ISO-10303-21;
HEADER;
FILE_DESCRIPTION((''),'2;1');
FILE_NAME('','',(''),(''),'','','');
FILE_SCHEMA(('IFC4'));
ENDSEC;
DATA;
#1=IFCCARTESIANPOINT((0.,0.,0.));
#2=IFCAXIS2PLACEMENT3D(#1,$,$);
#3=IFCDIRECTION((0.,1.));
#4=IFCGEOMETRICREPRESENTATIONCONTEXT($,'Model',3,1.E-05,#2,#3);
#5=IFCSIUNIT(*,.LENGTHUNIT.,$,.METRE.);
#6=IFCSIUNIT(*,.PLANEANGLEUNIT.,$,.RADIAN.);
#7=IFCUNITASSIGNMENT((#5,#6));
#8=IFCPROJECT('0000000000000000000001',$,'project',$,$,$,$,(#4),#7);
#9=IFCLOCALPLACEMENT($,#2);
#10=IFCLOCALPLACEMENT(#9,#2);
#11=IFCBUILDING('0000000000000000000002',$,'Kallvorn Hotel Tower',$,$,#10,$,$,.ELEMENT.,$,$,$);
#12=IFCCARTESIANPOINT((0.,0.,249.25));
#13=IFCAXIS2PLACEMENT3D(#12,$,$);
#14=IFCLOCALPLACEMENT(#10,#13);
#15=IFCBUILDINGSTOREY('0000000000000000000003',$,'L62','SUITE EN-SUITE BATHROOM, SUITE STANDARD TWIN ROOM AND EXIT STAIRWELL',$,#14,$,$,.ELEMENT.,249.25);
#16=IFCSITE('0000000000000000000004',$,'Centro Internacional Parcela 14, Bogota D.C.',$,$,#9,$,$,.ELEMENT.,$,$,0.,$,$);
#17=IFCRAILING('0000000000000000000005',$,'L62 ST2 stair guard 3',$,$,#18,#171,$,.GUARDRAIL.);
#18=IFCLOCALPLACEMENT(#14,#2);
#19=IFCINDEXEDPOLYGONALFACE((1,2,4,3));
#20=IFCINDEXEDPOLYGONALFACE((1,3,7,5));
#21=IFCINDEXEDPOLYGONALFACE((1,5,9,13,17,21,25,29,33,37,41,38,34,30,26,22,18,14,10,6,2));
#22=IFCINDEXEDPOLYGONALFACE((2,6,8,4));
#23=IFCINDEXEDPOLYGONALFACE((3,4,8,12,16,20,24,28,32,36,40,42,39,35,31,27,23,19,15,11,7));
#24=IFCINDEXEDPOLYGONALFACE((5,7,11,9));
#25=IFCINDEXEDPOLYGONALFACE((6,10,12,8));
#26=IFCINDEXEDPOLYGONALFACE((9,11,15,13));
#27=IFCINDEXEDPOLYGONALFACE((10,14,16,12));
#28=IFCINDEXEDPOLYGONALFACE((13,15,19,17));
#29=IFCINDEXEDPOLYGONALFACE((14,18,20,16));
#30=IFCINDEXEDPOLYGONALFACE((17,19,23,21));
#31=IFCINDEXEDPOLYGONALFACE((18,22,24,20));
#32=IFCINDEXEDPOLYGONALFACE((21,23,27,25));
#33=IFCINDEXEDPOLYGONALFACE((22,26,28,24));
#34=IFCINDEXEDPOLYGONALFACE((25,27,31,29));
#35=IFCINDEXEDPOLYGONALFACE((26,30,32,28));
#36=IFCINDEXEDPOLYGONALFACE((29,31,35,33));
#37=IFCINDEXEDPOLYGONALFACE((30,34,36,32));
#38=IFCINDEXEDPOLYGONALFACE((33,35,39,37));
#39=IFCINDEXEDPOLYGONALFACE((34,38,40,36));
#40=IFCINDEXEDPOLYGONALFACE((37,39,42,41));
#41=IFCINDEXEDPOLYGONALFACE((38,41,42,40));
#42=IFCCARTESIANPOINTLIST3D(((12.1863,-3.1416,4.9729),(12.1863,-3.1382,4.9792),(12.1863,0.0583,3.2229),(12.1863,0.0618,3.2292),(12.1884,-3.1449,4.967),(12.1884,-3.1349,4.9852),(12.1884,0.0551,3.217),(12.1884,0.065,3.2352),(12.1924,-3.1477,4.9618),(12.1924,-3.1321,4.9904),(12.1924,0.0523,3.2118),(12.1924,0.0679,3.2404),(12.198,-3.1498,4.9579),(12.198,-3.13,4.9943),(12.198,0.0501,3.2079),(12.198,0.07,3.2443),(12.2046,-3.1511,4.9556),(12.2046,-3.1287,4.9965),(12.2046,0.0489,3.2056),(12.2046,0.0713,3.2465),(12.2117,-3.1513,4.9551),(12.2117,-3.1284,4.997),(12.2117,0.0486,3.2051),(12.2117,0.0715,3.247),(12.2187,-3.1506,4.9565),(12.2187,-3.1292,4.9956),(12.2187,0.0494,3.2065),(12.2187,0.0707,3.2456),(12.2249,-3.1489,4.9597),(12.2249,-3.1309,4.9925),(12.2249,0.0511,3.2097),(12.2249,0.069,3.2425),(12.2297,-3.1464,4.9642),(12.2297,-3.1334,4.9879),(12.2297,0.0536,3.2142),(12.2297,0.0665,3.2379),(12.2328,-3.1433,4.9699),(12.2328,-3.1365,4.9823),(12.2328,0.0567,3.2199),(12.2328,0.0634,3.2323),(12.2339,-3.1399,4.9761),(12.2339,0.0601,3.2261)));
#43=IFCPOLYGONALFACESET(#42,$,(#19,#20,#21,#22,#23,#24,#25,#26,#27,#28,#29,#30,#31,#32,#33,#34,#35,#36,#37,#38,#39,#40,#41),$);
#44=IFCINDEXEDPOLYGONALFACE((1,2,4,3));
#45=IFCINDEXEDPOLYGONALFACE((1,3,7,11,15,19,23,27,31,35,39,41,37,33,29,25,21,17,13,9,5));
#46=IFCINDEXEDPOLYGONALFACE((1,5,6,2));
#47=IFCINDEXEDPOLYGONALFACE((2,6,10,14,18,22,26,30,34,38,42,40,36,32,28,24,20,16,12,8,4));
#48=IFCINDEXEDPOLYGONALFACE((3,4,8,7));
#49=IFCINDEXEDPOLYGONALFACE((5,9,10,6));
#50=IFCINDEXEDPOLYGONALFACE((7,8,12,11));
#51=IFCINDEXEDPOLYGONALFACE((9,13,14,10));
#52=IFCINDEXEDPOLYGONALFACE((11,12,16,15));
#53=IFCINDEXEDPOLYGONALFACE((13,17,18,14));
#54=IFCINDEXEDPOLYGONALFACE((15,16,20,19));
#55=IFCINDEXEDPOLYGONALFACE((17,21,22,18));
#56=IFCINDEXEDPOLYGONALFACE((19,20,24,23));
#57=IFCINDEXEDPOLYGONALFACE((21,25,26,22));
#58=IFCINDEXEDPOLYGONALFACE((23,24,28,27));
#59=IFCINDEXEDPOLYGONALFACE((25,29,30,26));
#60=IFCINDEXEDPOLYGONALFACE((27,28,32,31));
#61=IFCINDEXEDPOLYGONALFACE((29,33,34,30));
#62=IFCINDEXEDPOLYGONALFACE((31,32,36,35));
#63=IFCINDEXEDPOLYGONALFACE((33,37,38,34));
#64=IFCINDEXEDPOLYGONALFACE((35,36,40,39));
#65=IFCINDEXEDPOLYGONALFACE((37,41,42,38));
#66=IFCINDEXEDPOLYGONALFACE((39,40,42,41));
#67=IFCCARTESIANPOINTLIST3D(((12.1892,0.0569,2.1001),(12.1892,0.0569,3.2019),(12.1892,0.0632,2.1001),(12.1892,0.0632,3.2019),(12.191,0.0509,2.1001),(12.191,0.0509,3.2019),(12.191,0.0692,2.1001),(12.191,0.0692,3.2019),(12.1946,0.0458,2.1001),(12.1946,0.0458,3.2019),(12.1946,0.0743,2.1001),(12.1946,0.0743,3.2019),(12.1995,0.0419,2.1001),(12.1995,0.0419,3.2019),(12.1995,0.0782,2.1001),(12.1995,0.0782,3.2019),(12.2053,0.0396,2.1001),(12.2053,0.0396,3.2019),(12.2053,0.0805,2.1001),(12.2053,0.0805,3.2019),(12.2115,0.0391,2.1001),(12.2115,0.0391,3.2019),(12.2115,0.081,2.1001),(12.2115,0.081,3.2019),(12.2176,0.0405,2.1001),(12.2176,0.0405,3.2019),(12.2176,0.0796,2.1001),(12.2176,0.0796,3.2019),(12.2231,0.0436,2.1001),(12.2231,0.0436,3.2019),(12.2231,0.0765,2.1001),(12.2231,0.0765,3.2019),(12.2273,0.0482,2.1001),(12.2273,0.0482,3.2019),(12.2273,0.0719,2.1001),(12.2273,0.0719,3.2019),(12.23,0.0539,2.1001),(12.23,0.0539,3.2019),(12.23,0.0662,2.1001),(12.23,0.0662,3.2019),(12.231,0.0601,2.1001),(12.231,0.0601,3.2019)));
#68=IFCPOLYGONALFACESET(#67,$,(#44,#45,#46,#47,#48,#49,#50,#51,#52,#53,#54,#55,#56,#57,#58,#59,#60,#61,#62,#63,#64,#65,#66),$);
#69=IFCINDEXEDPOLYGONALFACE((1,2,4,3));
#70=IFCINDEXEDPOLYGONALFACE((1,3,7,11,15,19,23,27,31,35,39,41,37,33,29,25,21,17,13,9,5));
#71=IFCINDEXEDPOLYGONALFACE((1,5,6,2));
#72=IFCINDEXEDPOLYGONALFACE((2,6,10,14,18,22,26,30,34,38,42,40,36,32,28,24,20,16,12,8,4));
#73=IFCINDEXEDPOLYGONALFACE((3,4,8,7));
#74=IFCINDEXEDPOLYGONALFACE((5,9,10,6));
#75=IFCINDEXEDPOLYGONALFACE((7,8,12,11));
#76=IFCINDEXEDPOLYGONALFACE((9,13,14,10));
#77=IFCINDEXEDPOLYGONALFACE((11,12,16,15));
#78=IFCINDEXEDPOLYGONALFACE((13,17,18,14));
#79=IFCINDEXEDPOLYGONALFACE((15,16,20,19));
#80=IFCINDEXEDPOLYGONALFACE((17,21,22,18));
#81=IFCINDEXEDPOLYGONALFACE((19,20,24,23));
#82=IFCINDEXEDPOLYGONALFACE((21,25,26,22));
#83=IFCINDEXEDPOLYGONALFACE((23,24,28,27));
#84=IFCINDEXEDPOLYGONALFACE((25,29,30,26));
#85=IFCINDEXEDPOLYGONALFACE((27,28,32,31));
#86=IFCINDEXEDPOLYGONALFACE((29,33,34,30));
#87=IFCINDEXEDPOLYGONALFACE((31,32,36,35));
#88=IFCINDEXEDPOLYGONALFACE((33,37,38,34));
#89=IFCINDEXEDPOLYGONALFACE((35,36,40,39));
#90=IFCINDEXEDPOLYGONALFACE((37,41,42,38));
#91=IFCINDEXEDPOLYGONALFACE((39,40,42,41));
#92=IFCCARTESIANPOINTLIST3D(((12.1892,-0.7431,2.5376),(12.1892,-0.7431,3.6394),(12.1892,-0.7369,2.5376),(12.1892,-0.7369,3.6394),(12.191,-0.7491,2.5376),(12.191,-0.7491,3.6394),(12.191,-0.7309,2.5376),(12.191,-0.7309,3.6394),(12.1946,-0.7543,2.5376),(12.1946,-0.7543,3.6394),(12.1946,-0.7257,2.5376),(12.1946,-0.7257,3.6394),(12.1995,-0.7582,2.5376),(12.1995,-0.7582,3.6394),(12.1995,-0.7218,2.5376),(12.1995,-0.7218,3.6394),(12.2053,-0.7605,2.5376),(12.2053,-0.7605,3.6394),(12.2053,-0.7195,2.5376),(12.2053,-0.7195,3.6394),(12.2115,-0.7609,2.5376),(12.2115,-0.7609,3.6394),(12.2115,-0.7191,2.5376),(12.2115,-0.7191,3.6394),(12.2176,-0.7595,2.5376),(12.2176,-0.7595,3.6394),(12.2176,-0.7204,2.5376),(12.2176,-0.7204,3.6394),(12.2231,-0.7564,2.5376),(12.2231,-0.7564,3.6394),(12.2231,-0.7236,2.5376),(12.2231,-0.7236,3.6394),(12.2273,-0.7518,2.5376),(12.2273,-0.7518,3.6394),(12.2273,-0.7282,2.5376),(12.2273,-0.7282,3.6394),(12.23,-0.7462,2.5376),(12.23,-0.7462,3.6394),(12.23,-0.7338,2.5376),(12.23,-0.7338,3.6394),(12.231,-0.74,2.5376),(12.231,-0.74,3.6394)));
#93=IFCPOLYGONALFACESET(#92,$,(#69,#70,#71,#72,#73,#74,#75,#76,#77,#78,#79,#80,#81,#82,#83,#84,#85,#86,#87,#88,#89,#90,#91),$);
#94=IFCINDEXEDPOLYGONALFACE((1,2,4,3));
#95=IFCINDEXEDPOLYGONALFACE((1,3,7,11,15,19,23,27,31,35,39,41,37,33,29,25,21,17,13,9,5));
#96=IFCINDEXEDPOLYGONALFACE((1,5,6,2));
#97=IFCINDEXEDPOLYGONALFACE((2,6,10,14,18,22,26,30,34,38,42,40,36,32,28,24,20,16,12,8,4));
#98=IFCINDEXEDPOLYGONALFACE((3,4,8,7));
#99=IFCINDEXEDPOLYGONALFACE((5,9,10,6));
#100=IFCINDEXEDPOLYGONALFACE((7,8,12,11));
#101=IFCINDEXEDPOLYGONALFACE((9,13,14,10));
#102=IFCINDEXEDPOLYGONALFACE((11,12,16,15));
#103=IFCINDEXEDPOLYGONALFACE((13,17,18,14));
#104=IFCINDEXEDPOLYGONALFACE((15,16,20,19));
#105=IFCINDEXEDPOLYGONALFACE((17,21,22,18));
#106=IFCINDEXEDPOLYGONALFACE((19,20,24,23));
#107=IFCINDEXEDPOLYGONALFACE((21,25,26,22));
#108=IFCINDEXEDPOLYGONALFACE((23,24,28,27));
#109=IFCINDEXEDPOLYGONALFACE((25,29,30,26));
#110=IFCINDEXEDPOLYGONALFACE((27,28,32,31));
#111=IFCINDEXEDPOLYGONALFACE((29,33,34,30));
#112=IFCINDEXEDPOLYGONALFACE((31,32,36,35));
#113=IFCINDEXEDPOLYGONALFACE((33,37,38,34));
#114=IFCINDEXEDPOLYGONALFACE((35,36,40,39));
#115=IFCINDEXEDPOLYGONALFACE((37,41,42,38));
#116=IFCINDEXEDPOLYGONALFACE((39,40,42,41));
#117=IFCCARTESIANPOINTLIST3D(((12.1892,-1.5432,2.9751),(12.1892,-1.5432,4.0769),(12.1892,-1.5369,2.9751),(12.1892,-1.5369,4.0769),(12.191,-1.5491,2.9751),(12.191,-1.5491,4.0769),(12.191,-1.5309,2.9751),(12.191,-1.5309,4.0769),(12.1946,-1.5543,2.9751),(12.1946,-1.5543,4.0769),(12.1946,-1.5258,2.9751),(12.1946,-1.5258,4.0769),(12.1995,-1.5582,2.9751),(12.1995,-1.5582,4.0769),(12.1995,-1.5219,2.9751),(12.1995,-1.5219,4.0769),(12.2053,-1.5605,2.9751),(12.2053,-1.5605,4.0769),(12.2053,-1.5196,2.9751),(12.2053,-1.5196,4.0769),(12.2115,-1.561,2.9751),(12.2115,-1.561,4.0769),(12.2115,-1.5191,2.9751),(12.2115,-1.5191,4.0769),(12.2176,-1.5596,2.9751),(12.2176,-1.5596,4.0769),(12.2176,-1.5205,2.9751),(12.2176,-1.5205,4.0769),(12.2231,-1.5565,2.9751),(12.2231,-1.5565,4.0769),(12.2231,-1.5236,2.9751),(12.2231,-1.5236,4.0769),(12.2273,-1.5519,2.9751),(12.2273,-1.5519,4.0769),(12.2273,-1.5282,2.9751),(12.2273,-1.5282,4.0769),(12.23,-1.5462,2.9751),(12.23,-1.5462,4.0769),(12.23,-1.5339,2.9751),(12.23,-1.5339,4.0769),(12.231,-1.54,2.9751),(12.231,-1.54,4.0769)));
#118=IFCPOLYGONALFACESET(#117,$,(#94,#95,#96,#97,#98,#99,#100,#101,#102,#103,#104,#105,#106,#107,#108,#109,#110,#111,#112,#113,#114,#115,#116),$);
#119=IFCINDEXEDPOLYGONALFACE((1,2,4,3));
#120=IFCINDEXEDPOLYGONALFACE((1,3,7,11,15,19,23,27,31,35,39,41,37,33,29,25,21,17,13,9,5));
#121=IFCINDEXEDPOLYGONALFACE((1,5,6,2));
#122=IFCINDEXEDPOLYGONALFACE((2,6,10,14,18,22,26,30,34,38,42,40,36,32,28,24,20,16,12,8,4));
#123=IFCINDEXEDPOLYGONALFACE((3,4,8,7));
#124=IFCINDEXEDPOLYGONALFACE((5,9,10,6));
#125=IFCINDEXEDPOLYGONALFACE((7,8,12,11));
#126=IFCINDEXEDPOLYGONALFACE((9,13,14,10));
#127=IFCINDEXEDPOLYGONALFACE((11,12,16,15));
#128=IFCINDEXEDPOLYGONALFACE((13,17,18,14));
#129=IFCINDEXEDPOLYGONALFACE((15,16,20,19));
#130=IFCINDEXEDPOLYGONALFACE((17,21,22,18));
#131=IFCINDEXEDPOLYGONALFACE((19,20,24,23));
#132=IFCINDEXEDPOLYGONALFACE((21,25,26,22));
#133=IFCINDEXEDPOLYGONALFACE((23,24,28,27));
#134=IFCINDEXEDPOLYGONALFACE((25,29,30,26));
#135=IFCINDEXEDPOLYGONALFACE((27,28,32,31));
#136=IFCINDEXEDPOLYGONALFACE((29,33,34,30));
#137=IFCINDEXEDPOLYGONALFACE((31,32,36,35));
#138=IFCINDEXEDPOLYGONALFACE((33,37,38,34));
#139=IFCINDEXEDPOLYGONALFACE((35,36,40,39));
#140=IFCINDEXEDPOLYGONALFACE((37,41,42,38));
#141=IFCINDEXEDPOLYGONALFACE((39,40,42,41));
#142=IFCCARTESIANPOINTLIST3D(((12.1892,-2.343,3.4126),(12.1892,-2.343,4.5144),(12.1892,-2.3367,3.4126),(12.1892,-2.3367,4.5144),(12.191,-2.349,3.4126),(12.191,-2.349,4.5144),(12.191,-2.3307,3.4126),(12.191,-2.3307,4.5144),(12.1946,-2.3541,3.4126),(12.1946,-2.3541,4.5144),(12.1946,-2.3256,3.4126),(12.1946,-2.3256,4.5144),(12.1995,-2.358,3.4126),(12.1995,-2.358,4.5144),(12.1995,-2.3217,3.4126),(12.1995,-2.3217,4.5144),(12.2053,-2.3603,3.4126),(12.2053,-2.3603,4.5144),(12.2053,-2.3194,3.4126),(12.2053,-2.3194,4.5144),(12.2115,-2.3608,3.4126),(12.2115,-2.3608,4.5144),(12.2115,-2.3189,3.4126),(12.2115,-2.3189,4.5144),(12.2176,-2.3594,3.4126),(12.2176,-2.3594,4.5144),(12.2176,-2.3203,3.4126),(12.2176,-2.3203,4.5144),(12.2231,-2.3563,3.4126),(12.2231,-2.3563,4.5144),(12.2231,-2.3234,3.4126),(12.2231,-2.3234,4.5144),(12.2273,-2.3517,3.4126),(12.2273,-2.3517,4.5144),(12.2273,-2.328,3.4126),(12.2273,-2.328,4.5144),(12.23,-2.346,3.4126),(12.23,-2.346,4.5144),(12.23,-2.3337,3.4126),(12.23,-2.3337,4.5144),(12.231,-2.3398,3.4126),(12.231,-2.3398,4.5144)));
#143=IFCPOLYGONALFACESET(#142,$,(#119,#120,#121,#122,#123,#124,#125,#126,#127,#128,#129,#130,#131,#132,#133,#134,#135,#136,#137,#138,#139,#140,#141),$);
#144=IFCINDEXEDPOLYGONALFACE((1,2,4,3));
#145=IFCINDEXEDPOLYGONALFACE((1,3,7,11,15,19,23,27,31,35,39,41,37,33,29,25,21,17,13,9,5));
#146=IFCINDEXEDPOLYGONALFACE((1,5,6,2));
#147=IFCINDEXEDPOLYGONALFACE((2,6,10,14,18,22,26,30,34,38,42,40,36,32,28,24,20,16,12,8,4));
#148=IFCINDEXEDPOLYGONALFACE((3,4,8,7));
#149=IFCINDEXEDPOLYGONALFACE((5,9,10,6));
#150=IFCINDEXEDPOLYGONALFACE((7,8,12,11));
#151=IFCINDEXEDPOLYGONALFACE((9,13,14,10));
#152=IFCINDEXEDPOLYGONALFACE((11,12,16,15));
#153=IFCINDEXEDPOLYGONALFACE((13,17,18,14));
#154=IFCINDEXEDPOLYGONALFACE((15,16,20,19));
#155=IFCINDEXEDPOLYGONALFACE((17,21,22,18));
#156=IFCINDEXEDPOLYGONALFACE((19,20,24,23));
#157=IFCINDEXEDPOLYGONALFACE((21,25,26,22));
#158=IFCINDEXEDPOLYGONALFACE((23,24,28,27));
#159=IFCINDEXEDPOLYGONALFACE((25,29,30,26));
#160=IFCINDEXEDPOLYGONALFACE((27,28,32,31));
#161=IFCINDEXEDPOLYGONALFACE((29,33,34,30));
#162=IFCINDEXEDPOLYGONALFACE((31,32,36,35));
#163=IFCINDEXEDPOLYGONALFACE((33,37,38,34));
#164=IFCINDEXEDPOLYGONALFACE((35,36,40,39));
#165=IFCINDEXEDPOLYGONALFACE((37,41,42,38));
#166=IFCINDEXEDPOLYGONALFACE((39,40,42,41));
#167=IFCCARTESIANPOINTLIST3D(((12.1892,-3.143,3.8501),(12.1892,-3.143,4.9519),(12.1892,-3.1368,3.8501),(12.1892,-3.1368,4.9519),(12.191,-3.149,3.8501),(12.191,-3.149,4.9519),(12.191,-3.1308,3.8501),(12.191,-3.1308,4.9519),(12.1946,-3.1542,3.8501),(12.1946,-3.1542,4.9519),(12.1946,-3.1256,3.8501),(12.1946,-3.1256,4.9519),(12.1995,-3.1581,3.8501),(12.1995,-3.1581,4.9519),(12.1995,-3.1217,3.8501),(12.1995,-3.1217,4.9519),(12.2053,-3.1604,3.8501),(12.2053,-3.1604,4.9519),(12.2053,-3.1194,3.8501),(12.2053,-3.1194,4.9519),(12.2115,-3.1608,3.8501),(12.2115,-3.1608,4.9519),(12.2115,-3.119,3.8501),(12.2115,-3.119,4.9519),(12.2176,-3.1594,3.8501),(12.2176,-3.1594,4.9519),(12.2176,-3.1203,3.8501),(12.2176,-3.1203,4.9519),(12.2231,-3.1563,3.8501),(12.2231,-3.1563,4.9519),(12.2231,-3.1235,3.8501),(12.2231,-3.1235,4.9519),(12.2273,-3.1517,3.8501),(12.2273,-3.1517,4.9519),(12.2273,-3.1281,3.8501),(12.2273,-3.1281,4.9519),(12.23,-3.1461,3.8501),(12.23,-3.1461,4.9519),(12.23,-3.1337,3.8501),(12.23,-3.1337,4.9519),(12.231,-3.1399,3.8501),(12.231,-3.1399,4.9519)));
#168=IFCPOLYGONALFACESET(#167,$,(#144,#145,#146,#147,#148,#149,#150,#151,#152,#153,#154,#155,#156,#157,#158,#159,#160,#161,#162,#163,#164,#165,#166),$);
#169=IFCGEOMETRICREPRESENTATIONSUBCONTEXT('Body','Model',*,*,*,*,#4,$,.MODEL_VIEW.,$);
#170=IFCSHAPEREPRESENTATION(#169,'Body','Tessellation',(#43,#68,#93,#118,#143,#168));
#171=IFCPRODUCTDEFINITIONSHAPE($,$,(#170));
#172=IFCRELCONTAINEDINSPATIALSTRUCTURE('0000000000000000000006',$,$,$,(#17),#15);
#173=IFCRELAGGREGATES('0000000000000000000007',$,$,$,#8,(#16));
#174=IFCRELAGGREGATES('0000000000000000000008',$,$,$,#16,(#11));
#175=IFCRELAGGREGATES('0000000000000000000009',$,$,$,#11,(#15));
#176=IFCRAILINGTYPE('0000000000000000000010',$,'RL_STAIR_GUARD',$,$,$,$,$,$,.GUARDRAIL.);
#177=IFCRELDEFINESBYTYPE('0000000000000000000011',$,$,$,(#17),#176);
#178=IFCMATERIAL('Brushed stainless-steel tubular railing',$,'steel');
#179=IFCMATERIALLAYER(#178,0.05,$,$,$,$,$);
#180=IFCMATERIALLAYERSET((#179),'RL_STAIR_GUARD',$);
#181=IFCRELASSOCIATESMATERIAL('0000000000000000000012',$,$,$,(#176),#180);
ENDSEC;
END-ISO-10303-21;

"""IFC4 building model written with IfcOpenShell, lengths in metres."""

from ifc_helpers import new_model, si_unit, direction, frame, origin, origin_2d, place, context, subcontext, project, spatial, circle, extrude, material, layer, layer_set, type_object, element, save


model = new_model("IFC4")

# Units and contexts
model_context = context("Model", 3, precision=1e-05, world=origin(), true_north=direction((0.0, 1.0)))
body_context = subcontext(model_context, "Body", "Model", "MODEL_VIEW")
ifc_project = project(units=[si_unit("LENGTHUNIT", "METRE"), si_unit("PLANEANGLEUNIT", "RADIAN")], contexts=[model_context])

# Site, building, storey
site_placement = place(None, origin())
site = spatial("IfcSite", under=ifc_project, at=site_placement, Name="Centro Internacional Parcela 14, Bogota D.C.", CompositionType="ELEMENT", RefElevation=0.0)
building_placement = place(site_placement, origin())
building = spatial("IfcBuilding", under=site, at=building_placement, Name="Kallvorn Hotel Tower", CompositionType="ELEMENT")
storey_placement = place(building_placement, frame((0.0, 0.0, 249.25)))
storey = spatial("IfcBuildingStorey", under=building, at=storey_placement, Name="L62", Description="SUITE EN-SUITE BATHROOM, SUITE STANDARD TWIN ROOM AND EXIT STAIRWELL", CompositionType="ELEMENT", Elevation=249.25)

# Railing
ifc_material_1 = material(Name="Brushed stainless-steel tubular railing", Category="steel")
ifc_layer_1 = layer(ifc_material_1, 0.05)
ifc_layer_set_1 = layer_set([ifc_layer_1], Name="RL_STAIR_GUARD")
railing_type_1 = type_object("IfcRailingType", Name="RL_STAIR_GUARD", PredefinedType="GUARDRAIL", material=ifc_layer_set_1)
railing_1_placement = place(storey_placement, frame((12.21, 0.0601, 2.1001)))
element("IfcRailing", 1, at=railing_1_placement, inside=storey, type_object=railing_type_1, Name="L62 ST2 stair guard 3", PredefinedType="GUARDRAIL", context=body_context, shape_type="SweptSolid", body=[
    extrude(circle(Radius=0.0239, at=origin_2d()), frame((0.0, 0.0, 1.126), z_axis=(0.0, -0.877368, 0.479818), x_axis=(1.0, 0.0, 0.0)), (0.0, 0.0, 1.0), 3.6472),
    extrude(circle(Radius=0.021, at=origin_2d()), origin(), (0.0, 0.0, 1.0), 1.1018),
    extrude(circle(Radius=0.021, at=origin_2d()), frame((0.0, -0.8, 0.4375)), (0.0, 0.0, 1.0), 1.1018),
    extrude(circle(Radius=0.021, at=origin_2d()), frame((0.0, -1.6001, 0.875)), (0.0, 0.0, 1.0), 1.1018),
    extrude(circle(Radius=0.021, at=origin_2d()), frame((0.0, -2.3999, 1.3125)), (0.0, 0.0, 1.0), 1.1018),
    extrude(circle(Radius=0.021, at=origin_2d()), frame((0.0, -3.2, 1.75)), (0.0, 0.0, 1.0), 1.1018),
])

save(model, "model.ifc")
